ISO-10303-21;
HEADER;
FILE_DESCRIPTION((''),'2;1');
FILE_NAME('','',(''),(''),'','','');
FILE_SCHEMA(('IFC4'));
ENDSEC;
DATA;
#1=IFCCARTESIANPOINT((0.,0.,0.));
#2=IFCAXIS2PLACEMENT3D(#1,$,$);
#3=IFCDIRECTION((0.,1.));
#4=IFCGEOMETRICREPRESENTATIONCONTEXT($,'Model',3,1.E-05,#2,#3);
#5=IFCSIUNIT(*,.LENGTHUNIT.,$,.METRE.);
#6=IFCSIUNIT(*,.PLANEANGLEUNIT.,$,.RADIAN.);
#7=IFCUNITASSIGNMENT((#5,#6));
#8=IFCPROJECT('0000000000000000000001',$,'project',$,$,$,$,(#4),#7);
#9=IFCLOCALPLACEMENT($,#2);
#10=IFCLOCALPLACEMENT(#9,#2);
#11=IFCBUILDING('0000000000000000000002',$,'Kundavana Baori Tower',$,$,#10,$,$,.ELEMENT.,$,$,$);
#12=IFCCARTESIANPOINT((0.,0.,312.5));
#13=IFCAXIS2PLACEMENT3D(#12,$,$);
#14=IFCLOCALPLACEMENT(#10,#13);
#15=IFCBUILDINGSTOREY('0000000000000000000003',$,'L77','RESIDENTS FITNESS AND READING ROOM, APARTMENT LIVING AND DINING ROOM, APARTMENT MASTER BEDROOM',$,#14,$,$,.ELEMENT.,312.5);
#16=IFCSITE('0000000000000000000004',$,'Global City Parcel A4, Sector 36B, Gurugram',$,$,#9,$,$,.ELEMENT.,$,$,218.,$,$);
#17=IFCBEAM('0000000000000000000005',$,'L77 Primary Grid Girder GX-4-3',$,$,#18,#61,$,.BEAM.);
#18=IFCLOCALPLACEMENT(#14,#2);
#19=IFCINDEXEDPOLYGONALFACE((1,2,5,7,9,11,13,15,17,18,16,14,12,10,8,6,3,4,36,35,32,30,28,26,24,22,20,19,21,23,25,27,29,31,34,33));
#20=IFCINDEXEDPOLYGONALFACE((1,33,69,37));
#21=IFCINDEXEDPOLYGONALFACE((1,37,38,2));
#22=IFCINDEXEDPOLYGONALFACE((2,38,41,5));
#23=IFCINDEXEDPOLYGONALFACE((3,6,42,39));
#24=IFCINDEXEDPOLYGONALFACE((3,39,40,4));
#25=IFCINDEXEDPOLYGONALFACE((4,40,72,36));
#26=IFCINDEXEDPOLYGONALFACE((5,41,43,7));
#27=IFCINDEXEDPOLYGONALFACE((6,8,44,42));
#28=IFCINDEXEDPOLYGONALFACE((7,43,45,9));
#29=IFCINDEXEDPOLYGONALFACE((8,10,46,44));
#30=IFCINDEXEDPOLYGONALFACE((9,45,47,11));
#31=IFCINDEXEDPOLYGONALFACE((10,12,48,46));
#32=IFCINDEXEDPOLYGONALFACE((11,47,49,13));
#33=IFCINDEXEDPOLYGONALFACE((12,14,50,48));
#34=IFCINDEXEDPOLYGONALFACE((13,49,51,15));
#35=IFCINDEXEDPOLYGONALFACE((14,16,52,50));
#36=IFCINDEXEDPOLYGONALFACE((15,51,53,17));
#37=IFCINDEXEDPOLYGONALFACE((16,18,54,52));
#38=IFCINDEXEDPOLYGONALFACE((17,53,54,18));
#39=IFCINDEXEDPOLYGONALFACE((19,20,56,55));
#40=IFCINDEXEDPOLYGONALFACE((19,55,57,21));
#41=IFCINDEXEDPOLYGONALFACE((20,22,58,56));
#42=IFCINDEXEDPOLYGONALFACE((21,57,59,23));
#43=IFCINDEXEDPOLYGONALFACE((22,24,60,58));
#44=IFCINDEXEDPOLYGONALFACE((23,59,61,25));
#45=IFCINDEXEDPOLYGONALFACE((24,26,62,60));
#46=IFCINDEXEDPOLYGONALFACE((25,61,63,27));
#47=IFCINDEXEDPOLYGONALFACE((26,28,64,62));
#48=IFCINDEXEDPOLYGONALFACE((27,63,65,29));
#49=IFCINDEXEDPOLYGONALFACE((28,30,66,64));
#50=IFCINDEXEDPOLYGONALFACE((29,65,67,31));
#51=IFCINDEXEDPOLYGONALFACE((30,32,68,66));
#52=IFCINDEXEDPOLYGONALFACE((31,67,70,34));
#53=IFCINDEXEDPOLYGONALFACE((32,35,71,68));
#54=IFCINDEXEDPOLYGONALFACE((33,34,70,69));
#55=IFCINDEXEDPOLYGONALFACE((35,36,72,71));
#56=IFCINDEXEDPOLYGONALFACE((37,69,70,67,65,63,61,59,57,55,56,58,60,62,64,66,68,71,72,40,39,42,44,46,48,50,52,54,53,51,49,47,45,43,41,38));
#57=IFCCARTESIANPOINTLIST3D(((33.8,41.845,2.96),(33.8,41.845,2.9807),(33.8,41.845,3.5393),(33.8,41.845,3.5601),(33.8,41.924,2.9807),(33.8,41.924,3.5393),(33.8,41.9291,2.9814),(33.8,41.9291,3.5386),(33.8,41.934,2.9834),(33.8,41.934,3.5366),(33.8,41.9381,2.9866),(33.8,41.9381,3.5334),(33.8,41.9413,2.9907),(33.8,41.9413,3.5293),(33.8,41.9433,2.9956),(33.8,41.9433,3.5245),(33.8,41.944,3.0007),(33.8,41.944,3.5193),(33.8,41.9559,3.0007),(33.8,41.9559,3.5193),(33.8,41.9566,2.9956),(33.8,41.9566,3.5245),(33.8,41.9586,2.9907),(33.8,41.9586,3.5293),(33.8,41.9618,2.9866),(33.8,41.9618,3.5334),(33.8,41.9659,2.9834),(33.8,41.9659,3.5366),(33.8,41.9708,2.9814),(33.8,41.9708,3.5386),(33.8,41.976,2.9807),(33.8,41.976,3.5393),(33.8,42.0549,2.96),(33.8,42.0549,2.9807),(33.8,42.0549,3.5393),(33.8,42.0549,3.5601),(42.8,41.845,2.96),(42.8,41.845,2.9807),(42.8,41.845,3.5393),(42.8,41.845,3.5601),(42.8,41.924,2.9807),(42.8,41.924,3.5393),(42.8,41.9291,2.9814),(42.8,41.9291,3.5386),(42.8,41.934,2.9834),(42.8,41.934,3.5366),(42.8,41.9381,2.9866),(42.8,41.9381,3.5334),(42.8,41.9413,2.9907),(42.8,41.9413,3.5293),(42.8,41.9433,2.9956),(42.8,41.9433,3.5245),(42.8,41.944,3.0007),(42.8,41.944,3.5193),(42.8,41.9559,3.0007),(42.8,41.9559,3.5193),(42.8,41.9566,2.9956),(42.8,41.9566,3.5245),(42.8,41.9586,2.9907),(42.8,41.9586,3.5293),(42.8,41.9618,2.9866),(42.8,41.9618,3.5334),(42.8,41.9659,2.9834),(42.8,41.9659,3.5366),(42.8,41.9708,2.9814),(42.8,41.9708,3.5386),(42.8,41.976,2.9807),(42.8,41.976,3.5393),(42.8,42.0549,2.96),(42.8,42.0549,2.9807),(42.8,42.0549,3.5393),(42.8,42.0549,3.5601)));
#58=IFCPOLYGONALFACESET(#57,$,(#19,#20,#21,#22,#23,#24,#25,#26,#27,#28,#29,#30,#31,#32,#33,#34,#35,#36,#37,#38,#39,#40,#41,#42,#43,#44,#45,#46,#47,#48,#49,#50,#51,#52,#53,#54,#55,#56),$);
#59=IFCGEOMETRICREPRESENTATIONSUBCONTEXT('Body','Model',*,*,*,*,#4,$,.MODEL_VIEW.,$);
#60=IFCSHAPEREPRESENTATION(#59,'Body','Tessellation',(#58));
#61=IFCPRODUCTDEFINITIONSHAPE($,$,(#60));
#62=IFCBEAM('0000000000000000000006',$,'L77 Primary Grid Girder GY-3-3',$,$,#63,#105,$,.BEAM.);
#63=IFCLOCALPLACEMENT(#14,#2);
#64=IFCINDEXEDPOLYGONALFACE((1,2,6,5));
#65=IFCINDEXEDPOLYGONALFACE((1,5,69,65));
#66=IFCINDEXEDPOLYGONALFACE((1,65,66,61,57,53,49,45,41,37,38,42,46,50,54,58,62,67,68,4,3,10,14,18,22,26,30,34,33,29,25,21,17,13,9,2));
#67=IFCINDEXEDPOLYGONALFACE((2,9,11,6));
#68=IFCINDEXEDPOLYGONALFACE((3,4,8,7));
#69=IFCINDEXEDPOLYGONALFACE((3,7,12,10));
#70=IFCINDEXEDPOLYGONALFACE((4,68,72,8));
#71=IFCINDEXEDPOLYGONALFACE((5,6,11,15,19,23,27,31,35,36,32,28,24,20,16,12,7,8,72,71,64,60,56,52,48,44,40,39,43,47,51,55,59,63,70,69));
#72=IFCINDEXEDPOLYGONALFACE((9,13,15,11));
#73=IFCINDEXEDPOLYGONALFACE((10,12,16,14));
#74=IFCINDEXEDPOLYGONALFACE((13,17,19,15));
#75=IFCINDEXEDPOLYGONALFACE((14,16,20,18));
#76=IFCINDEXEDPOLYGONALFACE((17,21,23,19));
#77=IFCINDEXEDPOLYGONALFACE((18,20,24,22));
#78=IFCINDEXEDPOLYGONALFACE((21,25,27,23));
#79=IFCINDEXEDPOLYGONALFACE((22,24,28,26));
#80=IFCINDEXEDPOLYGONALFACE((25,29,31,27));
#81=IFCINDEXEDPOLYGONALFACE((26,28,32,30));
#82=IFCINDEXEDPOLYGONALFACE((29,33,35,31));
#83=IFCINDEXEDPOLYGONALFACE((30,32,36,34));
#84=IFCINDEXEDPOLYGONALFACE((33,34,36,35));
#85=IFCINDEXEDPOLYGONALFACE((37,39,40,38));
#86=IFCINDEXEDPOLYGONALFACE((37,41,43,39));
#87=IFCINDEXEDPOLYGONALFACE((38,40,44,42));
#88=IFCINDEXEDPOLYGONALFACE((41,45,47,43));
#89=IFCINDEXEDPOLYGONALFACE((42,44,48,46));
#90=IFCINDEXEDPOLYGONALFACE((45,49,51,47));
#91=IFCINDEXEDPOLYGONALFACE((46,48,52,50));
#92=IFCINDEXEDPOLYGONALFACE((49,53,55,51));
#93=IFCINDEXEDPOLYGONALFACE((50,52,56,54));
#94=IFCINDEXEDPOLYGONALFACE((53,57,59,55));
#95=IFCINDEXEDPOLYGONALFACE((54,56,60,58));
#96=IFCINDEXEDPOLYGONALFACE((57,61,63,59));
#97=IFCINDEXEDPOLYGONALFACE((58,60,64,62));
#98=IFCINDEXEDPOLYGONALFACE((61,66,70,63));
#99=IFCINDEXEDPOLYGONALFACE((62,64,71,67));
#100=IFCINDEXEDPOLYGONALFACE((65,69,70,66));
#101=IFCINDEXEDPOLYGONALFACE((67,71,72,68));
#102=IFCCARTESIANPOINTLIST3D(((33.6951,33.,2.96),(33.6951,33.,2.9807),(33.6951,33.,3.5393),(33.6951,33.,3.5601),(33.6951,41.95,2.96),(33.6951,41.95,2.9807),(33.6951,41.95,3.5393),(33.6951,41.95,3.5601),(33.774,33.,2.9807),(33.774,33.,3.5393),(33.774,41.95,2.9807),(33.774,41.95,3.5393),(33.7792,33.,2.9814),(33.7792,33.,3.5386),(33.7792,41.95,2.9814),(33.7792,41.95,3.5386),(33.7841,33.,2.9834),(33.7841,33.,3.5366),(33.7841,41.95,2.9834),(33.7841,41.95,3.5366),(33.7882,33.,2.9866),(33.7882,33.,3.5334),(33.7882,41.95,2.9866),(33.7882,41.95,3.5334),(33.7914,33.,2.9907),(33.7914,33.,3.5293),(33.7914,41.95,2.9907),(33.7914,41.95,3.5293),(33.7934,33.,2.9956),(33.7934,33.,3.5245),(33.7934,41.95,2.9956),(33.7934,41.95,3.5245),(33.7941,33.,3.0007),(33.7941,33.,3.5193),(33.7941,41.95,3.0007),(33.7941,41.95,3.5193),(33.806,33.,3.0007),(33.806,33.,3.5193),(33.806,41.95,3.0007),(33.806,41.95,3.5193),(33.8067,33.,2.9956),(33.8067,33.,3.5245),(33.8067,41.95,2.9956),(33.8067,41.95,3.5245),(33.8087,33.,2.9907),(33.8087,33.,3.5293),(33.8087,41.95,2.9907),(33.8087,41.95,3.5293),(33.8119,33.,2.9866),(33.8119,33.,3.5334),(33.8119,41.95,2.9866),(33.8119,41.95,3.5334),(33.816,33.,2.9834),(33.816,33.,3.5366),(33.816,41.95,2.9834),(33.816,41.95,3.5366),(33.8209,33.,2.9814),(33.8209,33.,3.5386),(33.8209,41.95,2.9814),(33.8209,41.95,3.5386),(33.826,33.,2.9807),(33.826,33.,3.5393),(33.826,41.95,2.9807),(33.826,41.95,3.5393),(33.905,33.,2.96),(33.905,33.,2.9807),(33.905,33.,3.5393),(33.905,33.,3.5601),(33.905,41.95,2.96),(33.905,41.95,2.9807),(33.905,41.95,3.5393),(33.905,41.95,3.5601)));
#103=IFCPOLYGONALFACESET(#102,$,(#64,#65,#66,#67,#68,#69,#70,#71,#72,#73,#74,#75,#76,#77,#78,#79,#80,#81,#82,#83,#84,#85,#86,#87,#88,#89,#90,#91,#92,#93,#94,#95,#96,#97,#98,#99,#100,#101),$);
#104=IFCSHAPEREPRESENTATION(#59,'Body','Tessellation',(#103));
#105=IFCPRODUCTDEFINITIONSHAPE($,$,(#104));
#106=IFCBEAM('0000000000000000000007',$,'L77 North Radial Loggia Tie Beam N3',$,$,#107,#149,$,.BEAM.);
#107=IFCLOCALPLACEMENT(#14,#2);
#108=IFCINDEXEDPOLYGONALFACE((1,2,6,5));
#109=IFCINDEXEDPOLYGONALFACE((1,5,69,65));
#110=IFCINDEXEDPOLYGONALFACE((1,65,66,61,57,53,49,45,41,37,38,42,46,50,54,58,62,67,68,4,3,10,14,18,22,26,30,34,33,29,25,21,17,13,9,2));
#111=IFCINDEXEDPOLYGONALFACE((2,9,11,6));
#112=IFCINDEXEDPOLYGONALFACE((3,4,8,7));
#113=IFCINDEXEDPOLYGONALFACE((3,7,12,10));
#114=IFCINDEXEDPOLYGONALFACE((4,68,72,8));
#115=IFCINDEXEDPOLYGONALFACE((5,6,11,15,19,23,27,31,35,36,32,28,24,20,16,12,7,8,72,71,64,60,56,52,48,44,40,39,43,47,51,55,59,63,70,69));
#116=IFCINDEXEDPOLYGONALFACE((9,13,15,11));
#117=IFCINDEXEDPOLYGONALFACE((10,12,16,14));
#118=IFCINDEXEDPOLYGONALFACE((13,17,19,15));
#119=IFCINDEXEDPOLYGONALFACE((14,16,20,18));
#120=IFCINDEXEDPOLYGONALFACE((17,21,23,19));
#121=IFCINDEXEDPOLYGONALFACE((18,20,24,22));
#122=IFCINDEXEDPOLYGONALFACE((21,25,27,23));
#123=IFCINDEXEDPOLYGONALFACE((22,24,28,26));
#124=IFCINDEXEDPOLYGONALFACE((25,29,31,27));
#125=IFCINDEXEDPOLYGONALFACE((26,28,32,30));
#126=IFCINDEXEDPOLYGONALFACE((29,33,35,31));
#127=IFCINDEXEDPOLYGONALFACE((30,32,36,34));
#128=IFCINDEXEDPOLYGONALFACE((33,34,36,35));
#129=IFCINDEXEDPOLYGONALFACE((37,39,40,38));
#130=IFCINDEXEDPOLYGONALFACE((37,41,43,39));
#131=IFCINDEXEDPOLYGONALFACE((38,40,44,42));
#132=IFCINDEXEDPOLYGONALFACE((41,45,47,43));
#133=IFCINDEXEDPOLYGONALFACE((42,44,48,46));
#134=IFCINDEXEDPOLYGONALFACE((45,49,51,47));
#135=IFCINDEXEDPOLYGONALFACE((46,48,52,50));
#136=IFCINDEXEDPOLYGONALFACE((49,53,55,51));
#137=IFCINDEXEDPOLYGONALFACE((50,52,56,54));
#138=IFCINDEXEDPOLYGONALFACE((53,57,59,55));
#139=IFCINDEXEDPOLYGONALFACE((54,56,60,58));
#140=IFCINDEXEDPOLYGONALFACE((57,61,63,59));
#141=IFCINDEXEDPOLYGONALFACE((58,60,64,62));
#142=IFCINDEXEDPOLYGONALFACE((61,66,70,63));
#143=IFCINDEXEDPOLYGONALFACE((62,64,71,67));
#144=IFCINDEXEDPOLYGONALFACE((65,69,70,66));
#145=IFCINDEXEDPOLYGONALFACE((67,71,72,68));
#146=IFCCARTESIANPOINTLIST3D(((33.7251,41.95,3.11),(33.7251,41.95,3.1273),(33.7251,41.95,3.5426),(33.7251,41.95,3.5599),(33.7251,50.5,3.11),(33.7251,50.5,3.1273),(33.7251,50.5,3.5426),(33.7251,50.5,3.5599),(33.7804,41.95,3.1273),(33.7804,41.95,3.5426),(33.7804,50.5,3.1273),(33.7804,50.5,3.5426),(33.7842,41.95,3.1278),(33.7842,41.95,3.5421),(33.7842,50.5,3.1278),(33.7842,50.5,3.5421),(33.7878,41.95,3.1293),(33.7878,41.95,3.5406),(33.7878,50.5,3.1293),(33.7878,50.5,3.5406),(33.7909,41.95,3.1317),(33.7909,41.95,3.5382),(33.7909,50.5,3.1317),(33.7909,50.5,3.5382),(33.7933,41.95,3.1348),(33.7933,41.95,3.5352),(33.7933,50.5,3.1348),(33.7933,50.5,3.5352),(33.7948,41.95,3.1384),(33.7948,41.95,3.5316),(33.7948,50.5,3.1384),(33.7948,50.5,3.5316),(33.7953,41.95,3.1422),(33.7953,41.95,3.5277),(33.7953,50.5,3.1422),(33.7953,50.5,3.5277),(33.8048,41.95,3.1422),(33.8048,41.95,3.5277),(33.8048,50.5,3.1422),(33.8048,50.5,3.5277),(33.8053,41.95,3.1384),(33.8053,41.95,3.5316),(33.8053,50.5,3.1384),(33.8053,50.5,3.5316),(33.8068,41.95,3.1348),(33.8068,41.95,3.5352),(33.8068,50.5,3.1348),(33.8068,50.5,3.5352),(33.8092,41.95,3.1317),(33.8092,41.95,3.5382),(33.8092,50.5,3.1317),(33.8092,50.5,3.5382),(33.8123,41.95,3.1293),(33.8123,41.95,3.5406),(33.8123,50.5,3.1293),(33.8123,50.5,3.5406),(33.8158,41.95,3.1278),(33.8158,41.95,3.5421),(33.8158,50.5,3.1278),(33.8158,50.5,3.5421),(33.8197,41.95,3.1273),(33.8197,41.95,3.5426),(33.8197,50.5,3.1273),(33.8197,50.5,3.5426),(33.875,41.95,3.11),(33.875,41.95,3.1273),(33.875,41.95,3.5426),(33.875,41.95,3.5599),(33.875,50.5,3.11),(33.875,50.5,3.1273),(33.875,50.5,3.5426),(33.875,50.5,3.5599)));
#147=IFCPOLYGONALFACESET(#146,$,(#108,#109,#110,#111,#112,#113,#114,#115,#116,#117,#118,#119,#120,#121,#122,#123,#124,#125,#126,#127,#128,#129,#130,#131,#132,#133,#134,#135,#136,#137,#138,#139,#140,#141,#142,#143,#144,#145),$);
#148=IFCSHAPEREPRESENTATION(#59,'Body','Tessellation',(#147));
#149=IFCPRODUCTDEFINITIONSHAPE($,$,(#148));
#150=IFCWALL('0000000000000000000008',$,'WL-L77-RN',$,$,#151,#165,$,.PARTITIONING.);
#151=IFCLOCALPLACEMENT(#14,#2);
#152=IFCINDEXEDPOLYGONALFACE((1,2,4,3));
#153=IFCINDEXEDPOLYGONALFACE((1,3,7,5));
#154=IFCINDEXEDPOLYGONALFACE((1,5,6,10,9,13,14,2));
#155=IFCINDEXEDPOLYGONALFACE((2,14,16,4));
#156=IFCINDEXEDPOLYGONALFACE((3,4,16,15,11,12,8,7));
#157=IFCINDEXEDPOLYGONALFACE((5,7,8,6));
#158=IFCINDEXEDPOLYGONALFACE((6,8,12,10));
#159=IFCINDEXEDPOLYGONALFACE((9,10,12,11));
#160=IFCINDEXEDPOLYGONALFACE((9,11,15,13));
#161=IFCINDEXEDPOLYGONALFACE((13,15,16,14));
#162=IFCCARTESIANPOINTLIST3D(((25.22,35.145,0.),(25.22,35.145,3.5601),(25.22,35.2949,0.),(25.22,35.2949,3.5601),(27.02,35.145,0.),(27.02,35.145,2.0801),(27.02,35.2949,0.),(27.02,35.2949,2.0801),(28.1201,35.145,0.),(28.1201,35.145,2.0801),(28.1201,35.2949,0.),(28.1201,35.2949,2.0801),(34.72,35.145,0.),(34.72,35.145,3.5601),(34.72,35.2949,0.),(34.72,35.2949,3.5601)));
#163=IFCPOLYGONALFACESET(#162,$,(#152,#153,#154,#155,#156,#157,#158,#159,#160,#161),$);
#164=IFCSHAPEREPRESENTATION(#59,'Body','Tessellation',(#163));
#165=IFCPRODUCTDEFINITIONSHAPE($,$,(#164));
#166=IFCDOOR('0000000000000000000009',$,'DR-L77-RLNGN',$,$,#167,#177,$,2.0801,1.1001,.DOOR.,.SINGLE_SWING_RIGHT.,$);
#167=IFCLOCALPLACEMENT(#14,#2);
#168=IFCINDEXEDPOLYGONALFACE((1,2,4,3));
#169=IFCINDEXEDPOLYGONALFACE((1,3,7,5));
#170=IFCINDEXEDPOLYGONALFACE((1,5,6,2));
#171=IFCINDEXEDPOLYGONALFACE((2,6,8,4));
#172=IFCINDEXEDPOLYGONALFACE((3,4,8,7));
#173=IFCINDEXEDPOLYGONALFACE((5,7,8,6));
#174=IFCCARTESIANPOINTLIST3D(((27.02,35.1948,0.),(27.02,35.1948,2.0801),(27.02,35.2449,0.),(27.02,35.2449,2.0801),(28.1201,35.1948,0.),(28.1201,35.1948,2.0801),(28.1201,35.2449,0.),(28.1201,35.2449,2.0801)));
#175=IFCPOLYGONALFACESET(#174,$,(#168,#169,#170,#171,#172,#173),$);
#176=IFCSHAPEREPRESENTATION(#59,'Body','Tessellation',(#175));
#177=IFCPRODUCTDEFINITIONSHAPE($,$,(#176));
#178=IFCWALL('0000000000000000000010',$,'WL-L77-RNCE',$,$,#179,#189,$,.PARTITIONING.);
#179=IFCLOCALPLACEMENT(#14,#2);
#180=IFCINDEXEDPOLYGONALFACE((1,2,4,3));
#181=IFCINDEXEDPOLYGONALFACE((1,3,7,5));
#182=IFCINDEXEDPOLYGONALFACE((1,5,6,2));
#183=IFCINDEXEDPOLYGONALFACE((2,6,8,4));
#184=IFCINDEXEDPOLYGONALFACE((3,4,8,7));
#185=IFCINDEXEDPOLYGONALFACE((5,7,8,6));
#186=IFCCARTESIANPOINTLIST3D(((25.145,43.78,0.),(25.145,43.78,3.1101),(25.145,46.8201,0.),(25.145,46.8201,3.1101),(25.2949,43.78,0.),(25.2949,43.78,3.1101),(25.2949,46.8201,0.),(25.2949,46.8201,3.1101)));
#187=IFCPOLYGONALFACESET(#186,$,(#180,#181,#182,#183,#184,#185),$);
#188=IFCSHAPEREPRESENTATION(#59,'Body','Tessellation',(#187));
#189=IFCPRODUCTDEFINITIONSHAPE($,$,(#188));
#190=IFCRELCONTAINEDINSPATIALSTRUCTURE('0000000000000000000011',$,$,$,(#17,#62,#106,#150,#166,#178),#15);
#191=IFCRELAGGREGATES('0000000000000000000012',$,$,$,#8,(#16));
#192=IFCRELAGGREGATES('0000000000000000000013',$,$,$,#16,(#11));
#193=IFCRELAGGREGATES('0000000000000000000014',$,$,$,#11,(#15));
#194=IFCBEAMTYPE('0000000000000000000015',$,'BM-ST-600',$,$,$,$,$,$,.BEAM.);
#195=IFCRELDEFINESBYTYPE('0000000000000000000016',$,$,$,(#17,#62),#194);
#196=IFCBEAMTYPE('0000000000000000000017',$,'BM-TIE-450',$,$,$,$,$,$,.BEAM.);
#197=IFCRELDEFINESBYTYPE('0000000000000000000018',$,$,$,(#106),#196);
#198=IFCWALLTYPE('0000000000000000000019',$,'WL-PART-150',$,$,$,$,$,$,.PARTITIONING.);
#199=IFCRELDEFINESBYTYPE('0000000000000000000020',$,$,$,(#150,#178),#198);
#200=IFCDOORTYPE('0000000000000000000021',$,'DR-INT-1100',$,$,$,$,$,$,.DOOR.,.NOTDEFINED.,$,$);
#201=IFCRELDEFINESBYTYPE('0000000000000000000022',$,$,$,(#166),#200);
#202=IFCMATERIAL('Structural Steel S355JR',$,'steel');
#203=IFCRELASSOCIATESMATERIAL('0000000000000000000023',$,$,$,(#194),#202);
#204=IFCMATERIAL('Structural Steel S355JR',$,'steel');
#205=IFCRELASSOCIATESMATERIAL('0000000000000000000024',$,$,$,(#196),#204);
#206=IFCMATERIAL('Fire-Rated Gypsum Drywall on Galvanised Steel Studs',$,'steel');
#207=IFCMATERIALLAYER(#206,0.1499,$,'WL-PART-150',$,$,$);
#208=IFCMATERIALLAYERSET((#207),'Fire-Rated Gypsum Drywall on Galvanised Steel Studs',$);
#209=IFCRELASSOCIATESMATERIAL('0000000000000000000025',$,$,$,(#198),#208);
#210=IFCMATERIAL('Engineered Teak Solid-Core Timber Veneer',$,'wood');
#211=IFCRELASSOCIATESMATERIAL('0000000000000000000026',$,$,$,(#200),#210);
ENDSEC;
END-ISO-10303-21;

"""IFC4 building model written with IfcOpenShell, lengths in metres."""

from ifc_helpers import new_model, si_unit, direction, frame, frame_2d, origin, origin_2d, place, context, subcontext, project, spatial, rectangle, i_section, extrude, material, layer, layer_set, material_profile, profile_set, type_object, element, fill, save


model = new_model("IFC4")

# Units and contexts
model_context = context("Model", 3, precision=1e-05, world=origin(), true_north=direction((0.0, 1.0)))
body_context = subcontext(model_context, "Body", "Model", "MODEL_VIEW")
ifc_project = project(units=[si_unit("LENGTHUNIT", "METRE"), si_unit("PLANEANGLEUNIT", "RADIAN")], contexts=[model_context])

# Site, building, storey
site_placement = place(None, origin())
site = spatial("IfcSite", under=ifc_project, at=site_placement, Name="Global City Parcel A4, Sector 36B, Gurugram", CompositionType="ELEMENT", RefElevation=218.0)
building_placement = place(site_placement, origin())
building = spatial("IfcBuilding", under=site, at=building_placement, Name="Kundavana Baori Tower", CompositionType="ELEMENT")
storey_placement = place(building_placement, frame((0.0, 0.0, 312.5)))
storey = spatial("IfcBuildingStorey", under=building, at=storey_placement, Name="L77", Description="RESIDENTS FITNESS AND READING ROOM, APARTMENT LIVING AND DINING ROOM, APARTMENT MASTER BEDROOM", CompositionType="ELEMENT", Elevation=312.5)

# Beams
ifc_material_1 = material(Name="Structural Steel S355JR", Category="steel")
ifc_material_profile_1 = material_profile(ifc_material_1, i_section(OverallWidth=0.21, OverallDepth=0.6001, WebThickness=0.012, FlangeThickness=0.0208, FilletRadius=0.02, at=origin_2d()), Name="ISMB 600")
ifc_profile_set_1 = profile_set([ifc_material_profile_1], Name="Structural Steel S355JR")
beam_type_1 = type_object("IfcBeamType", Name="BM-ST-600", PredefinedType="BEAM", material=ifc_profile_set_1)
beam_1_placement = place(storey_placement, frame((33.8, 41.95, 3.26), z_axis=(1.0, 0.0, 0.0), x_axis=(0.0, 1.0, 0.0)))
element("IfcBeam", 1, at=beam_1_placement, inside=storey, type_object=beam_type_1, Name="L77 Primary Grid Girder GX-4-3", PredefinedType="BEAM", context=body_context, shape_type="SweptSolid", body=[
    extrude(i_section(OverallWidth=0.21, OverallDepth=0.6001, WebThickness=0.012, FlangeThickness=0.0208, FilletRadius=0.02, at=origin_2d()), origin(), (0.0, 0.0, 1.0), 9.0),
])
beam_2_placement = place(storey_placement, frame((33.8, 33.0, 3.26), z_axis=(0.0, 1.0, 0.0), x_axis=(-1.0, 0.0, 0.0)))
element("IfcBeam", 2, at=beam_2_placement, inside=storey, type_object=beam_type_1, Name="L77 Primary Grid Girder GY-3-3", PredefinedType="BEAM", context=body_context, shape_type="SweptSolid", body=[
    extrude(i_section(OverallWidth=0.21, OverallDepth=0.6001, WebThickness=0.012, FlangeThickness=0.0208, FilletRadius=0.02, at=origin_2d()), origin(), (0.0, 0.0, 1.0), 8.95),
])
ifc_material_2 = material(Name="Structural Steel S355JR", Category="steel")
ifc_material_profile_2 = material_profile(ifc_material_2, i_section(OverallWidth=0.1499, OverallDepth=0.45, WebThickness=0.0095, FlangeThickness=0.0173, FilletRadius=0.0149, at=origin_2d()), Name="ISMB 450")
ifc_profile_set_2 = profile_set([ifc_material_profile_2], Name="Structural Steel S355JR")
beam_type_2 = type_object("IfcBeamType", Name="BM-TIE-450", PredefinedType="BEAM", material=ifc_profile_set_2)
beam_3_placement = place(storey_placement, frame((33.8, 41.95, 3.335), z_axis=(0.0, 1.0, 0.0), x_axis=(-1.0, 0.0, 0.0)))
element("IfcBeam", 3, at=beam_3_placement, inside=storey, type_object=beam_type_2, Name="L77 North Radial Loggia Tie Beam N3", PredefinedType="BEAM", context=body_context, shape_type="SweptSolid", body=[
    extrude(i_section(OverallWidth=0.1499, OverallDepth=0.45, WebThickness=0.0095, FlangeThickness=0.0173, FilletRadius=0.0149, at=origin_2d()), origin(), (0.0, 0.0, 1.0), 8.55),
])

# Wall, opening, door
ifc_material_3 = material(Name="Fire-Rated Gypsum Drywall on Galvanised Steel Studs", Category="steel")
ifc_layer_1 = layer(ifc_material_3, 0.1499, Name="WL-PART-150")
ifc_layer_set_1 = layer_set([ifc_layer_1], Name="Fire-Rated Gypsum Drywall on Galvanised Steel Studs")
wall_type_1 = type_object("IfcWallType", Name="WL-PART-150", PredefinedType="PARTITIONING", material=ifc_layer_set_1)
wall_1_placement = place(storey_placement, frame((25.22, 35.22, 0.0), z_axis=(0.0, 0.0, 1.0), x_axis=(1.0, 0.0, 0.0)))
wall_1 = element("IfcWall", 4, at=wall_1_placement, inside=storey, type_object=wall_type_1, Name="WL-L77-RN", PredefinedType="PARTITIONING", context=body_context, shape_type="SweptSolid", body=[
    extrude(rectangle(XDim=9.5, YDim=0.1499, at=frame_2d((4.75, 0.0))), origin(), (0.0, 0.0, 1.0), 3.5601),
])
opening_1_placement = place(wall_1_placement, frame((1.8, 0.0, 0.0)))
opening_1 = element("IfcOpeningElement", 5, at=opening_1_placement, cuts=wall_1, PredefinedType="OPENING", context=body_context, shape_type="SweptSolid", body=[
    extrude(rectangle(XDim=1.1001, YDim=2.0801, at=frame_2d((0.55, 1.04))), frame((0.0, 0.085, 0.0), z_axis=(0.0, -1.0, 0.0), x_axis=(1.0, 0.0, 0.0)), (0.0, 0.0, 1.0), 0.1699),
])
ifc_material_4 = material(Name="Engineered Teak Solid-Core Timber Veneer", Category="wood")
door_type_1 = type_object("IfcDoorType", Name="DR-INT-1100", OperationType="NOTDEFINED", PredefinedType="DOOR", material=ifc_material_4)
door_1_placement = place(opening_1_placement, origin())
door_1 = element("IfcDoor", 6, at=door_1_placement, inside=storey, type_object=door_type_1, Name="DR-L77-RLNGN", OperationType="SINGLE_SWING_RIGHT", OverallHeight=2.0801, OverallWidth=1.1001, PredefinedType="DOOR", context=body_context, shape_type="SweptSolid", body=[
    extrude(rectangle(XDim=1.1001, YDim=2.0801, at=frame_2d((0.55, 1.04))), frame((0.0, 0.0249, 0.0), z_axis=(0.0, -1.0, 0.0), x_axis=(1.0, 0.0, 0.0)), (0.0, 0.0, 1.0), 0.05),
])
fill(opening_1, door_1)

# Wall
wall_2_placement = place(storey_placement, frame((25.22, 43.78, 0.0), z_axis=(0.0, 0.0, 1.0), x_axis=(0.0, 1.0, 0.0)))
element("IfcWall", 7, at=wall_2_placement, inside=storey, type_object=wall_type_1, Name="WL-L77-RNCE", PredefinedType="PARTITIONING", context=body_context, shape_type="SweptSolid", body=[
    extrude(rectangle(XDim=3.04, YDim=0.1499, at=frame_2d((1.52, 0.0))), origin(), (0.0, 0.0, 1.0), 3.1101),
])

save(model, "model.ifc")
